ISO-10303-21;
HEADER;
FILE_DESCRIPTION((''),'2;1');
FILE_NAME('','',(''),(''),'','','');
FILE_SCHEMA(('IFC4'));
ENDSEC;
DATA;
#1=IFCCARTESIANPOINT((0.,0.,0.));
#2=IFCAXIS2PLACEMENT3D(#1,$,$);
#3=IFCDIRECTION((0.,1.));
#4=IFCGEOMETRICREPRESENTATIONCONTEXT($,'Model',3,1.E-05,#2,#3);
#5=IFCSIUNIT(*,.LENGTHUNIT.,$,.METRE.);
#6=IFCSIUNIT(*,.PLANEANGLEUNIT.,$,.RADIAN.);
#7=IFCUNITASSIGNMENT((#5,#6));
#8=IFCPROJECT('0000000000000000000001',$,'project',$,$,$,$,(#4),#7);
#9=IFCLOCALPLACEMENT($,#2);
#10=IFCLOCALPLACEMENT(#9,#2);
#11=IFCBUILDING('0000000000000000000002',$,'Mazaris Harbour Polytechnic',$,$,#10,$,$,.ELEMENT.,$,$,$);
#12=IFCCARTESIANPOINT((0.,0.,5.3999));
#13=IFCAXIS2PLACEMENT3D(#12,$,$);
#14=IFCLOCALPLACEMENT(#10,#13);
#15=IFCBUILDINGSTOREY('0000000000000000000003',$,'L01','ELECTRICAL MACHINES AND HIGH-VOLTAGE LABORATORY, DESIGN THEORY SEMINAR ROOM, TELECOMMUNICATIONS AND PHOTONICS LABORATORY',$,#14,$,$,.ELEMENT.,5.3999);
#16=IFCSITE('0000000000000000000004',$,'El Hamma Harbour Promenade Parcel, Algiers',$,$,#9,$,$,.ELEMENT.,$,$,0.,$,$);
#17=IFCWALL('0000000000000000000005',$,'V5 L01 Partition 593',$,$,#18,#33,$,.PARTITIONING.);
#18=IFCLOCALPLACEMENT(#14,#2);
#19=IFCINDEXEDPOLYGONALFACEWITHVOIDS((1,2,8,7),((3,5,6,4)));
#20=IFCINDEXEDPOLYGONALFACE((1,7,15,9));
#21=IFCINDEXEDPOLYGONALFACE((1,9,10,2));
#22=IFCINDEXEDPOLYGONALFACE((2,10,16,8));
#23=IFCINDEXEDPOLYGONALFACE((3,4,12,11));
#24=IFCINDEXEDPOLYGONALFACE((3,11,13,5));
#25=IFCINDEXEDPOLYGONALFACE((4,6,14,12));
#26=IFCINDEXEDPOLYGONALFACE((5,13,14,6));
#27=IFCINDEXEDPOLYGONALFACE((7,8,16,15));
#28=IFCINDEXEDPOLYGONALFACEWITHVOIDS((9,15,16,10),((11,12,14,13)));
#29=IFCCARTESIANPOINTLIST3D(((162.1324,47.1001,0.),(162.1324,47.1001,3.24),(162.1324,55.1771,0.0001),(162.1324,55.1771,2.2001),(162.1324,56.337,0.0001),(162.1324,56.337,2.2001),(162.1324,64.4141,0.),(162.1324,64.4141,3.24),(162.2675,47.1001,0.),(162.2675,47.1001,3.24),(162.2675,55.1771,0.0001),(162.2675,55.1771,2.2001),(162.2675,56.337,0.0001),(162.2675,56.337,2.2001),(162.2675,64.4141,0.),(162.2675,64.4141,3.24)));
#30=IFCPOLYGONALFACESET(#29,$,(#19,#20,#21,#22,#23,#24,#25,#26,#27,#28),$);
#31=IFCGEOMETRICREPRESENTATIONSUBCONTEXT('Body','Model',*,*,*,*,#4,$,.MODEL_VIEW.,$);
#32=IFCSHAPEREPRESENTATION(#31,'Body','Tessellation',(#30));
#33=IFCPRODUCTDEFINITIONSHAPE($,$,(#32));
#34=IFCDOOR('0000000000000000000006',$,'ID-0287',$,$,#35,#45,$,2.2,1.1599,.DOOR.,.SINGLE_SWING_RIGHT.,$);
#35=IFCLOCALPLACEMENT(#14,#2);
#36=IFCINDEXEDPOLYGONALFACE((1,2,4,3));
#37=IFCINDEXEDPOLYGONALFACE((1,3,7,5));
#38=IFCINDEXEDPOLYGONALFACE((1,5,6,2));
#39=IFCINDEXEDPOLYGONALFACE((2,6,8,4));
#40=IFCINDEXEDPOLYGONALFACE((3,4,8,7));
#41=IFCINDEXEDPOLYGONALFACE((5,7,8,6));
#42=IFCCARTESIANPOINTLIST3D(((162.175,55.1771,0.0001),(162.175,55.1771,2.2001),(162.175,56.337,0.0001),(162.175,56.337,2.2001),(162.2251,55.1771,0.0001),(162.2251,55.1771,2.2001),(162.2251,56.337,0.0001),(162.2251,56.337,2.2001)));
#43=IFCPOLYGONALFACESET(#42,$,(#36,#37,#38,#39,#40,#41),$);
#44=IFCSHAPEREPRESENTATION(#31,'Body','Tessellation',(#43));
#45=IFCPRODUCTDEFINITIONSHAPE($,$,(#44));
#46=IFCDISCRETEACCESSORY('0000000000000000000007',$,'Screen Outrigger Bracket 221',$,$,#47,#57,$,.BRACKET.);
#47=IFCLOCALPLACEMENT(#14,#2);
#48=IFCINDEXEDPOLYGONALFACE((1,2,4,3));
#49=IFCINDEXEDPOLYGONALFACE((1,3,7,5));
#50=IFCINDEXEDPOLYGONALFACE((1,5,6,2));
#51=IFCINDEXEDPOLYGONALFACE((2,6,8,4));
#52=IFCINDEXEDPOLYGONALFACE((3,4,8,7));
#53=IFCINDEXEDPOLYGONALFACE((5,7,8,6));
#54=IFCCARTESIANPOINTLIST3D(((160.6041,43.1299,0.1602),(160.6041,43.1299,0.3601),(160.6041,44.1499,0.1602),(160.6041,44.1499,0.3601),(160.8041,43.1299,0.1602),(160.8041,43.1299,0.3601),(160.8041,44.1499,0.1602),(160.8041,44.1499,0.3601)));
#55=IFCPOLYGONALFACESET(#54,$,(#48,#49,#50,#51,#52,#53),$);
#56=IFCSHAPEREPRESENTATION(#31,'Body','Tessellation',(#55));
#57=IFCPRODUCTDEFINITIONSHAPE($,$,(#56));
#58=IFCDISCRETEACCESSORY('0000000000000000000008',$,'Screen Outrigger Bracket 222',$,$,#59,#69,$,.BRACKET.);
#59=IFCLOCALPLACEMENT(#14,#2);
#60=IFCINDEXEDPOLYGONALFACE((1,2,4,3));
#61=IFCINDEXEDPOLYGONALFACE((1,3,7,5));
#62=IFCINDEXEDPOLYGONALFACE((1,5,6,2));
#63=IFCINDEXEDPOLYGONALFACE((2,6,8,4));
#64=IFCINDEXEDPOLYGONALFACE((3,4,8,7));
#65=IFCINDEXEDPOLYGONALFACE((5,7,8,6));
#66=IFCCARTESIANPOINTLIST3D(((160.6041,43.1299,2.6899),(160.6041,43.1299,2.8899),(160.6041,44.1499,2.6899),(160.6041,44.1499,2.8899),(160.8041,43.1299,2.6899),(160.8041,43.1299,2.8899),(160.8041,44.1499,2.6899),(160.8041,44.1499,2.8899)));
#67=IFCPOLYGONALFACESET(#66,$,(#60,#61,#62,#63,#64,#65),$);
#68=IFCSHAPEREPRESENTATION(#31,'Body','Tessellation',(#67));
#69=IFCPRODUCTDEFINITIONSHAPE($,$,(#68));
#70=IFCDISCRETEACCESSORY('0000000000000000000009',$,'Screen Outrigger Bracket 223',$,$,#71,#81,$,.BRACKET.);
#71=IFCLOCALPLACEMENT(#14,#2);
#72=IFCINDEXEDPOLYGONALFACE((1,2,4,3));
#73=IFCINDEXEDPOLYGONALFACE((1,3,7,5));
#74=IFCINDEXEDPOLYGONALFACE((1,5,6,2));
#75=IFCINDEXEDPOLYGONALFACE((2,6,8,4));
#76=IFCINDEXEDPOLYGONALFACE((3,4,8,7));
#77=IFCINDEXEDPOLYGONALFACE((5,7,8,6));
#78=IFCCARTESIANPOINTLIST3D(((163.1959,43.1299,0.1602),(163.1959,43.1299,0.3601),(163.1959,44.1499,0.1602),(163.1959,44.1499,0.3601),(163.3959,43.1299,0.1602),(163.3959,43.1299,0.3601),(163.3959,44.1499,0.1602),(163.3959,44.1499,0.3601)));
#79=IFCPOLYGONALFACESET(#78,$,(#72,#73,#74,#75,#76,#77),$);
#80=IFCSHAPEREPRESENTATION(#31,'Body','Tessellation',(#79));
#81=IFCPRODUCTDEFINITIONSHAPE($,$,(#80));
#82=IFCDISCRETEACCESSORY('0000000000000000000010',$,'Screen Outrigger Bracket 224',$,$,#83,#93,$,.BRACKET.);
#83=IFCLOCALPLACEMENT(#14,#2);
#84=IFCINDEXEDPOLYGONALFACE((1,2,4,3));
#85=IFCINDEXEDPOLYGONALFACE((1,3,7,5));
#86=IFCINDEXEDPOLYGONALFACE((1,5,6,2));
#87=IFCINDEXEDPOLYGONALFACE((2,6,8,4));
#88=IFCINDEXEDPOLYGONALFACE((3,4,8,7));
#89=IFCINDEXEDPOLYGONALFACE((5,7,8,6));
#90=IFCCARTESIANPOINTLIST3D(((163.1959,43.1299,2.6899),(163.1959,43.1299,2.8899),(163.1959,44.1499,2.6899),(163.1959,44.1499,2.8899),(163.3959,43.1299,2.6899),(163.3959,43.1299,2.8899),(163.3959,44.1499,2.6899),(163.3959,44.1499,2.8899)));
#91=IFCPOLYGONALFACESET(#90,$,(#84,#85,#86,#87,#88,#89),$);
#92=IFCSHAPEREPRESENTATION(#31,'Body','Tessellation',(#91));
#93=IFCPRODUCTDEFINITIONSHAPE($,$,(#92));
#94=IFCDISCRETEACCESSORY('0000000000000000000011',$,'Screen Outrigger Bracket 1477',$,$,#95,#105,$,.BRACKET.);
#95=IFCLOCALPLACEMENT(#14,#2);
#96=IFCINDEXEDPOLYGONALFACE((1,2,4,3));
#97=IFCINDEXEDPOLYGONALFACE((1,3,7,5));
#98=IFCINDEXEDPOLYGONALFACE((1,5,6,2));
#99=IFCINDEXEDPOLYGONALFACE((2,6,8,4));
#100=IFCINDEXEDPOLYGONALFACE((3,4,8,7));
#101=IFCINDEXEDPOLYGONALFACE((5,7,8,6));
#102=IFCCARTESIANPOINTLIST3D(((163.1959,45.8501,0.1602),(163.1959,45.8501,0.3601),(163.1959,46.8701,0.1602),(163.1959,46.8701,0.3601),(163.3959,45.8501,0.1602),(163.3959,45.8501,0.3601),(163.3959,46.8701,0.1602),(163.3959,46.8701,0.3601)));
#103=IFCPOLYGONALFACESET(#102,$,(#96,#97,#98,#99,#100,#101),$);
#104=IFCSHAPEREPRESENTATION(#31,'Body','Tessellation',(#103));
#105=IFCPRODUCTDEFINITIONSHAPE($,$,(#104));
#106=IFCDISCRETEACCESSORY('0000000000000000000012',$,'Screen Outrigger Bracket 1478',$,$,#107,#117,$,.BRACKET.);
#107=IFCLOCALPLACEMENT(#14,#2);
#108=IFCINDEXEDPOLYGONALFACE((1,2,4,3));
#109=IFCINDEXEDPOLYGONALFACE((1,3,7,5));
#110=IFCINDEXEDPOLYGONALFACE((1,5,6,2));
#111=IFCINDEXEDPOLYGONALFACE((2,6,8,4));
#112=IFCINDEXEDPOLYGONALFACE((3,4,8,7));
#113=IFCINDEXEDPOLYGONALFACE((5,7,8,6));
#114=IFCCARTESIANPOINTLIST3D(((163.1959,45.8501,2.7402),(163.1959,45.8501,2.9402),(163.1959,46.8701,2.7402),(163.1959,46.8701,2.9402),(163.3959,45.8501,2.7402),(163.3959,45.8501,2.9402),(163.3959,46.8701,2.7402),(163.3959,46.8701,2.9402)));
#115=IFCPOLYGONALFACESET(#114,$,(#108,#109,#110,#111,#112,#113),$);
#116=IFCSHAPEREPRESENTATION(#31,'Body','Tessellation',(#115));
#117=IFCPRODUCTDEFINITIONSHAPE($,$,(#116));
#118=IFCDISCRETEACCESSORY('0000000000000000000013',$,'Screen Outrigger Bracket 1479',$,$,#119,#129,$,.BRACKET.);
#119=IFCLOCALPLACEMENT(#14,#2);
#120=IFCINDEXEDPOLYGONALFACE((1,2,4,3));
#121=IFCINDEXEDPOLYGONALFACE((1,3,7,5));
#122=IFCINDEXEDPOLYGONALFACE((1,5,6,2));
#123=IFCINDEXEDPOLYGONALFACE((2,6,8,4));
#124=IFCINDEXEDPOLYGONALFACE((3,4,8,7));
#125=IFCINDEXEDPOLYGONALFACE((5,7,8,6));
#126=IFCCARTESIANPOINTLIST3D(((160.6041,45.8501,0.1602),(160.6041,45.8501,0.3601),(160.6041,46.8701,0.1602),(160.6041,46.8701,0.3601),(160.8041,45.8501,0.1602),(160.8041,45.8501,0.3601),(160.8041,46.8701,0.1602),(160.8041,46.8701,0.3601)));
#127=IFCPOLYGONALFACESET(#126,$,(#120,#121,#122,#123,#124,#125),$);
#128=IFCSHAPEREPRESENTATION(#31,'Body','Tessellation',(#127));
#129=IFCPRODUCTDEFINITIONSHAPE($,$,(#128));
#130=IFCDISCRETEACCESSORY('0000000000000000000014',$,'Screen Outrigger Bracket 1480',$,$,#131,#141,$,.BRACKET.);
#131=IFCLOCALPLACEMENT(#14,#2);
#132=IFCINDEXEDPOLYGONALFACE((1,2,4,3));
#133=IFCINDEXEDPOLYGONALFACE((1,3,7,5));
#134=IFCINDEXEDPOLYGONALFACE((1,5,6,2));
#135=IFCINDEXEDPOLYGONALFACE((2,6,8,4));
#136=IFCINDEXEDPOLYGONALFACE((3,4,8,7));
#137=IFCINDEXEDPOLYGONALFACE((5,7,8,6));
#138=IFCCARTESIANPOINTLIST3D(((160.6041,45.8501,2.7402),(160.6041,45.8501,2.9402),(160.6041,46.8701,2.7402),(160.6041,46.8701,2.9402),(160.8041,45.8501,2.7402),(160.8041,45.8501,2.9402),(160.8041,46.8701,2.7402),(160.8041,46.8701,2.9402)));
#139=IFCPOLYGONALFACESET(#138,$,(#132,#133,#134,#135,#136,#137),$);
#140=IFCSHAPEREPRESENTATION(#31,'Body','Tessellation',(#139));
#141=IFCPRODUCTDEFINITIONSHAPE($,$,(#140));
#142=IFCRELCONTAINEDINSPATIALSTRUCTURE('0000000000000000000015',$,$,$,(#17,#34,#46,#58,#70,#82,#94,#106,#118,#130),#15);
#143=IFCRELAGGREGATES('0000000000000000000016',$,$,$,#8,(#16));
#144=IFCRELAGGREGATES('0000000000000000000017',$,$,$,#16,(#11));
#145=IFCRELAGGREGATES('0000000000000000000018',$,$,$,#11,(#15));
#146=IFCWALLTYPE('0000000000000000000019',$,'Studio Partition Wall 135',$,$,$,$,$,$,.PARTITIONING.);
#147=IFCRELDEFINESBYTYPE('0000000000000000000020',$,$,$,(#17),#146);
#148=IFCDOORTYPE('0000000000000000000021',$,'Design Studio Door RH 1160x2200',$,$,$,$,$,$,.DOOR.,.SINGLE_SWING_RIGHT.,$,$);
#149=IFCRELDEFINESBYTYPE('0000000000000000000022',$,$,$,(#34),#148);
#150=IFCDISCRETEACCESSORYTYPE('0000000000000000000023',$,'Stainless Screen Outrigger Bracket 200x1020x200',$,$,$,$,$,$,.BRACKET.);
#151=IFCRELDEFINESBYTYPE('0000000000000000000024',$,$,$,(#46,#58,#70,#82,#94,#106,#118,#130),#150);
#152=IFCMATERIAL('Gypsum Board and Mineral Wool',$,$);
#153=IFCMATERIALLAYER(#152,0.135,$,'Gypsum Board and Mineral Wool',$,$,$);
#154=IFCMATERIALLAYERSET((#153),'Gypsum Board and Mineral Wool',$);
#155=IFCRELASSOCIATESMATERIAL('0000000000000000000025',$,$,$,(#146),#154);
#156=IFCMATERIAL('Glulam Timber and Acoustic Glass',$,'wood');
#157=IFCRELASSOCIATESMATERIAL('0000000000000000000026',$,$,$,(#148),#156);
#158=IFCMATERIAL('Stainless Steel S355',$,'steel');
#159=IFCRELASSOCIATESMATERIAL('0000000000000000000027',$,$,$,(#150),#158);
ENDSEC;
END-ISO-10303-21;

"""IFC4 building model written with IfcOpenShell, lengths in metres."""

from ifc_helpers import new_model, si_unit, direction, frame, frame_2d, origin, origin_2d, place, context, subcontext, project, spatial, rectangle, extrude, material, layer, layer_set, type_object, element, fill, save


model = new_model("IFC4")

# Units and contexts
model_context = context("Model", 3, precision=1e-05, world=origin(), true_north=direction((0.0, 1.0)))
body_context = subcontext(model_context, "Body", "Model", "MODEL_VIEW")
ifc_project = project(units=[si_unit("LENGTHUNIT", "METRE"), si_unit("PLANEANGLEUNIT", "RADIAN")], contexts=[model_context])

# Site, building, storey
site_placement = place(None, origin())
site = spatial("IfcSite", under=ifc_project, at=site_placement, Name="El Hamma Harbour Promenade Parcel, Algiers", CompositionType="ELEMENT", RefElevation=0.0)
building_placement = place(site_placement, origin())
building = spatial("IfcBuilding", under=site, at=building_placement, Name="Mazaris Harbour Polytechnic", CompositionType="ELEMENT")
storey_placement = place(building_placement, frame((0.0, 0.0, 5.3999)))
storey = spatial("IfcBuildingStorey", under=building, at=storey_placement, Name="L01", Description="ELECTRICAL MACHINES AND HIGH-VOLTAGE LABORATORY, DESIGN THEORY SEMINAR ROOM, TELECOMMUNICATIONS AND PHOTONICS LABORATORY", CompositionType="ELEMENT", Elevation=5.3999)

# Wall, opening, door
ifc_material_1 = material(Name="Gypsum Board and Mineral Wool")
ifc_layer = layer(ifc_material_1, 0.135, Name="Gypsum Board and Mineral Wool")
ifc_layer_set = layer_set([ifc_layer], Name="Gypsum Board and Mineral Wool")
wall_type = type_object("IfcWallType", Name="Studio Partition Wall 135", PredefinedType="PARTITIONING", material=ifc_layer_set)
wall_placement = place(storey_placement, frame((162.2, 47.1001, 0.0), z_axis=(0.0, 0.0, 1.0), x_axis=(0.0, 1.0, 0.0)))
wall = element("IfcWall", 1, at=wall_placement, inside=storey, type_object=wall_type, Name="V5 L01 Partition 593", PredefinedType="PARTITIONING", context=body_context, shape_type="SweptSolid", body=[
    extrude(rectangle(XDim=17.314, YDim=0.135, at=frame_2d((8.657, 0.0))), origin(), (0.0, 0.0, 1.0), 3.24),
])
opening_placement = place(wall_placement, frame((8.0769, 0.0, 0.0)))
opening = element("IfcOpeningElement", 2, at=opening_placement, cuts=wall, PredefinedType="OPENING", context=body_context, shape_type="SweptSolid", body=[
    extrude(rectangle(XDim=1.1599, YDim=2.2, at=frame_2d((0.5801, 1.1001))), frame((0.0, 0.0774, 0.0), z_axis=(0.0, -1.0, 0.0), x_axis=(1.0, 0.0, 0.0)), (0.0, 0.0, 1.0), 0.155),
])
ifc_material_2 = material(Name="Glulam Timber and Acoustic Glass", Category="wood")
door_type = type_object("IfcDoorType", Name="Design Studio Door RH 1160x2200", OperationType="SINGLE_SWING_RIGHT", PredefinedType="DOOR", material=ifc_material_2)
door_placement = place(opening_placement, origin())
door = element("IfcDoor", 3, at=door_placement, inside=storey, type_object=door_type, Name="ID-0287", OperationType="SINGLE_SWING_RIGHT", OverallHeight=2.2, OverallWidth=1.1599, PredefinedType="DOOR", context=body_context, shape_type="SweptSolid", body=[
    extrude(rectangle(XDim=1.1599, YDim=2.2, at=frame_2d((0.5801, 1.1001))), frame((0.0, 0.0249, 0.0), z_axis=(0.0, -1.0, 0.0), x_axis=(1.0, 0.0, 0.0)), (0.0, 0.0, 1.0), 0.05),
])
fill(opening, door)

# Discrete accessories
ifc_material_3 = material(Name="Stainless Steel S355", Category="steel")
discrete_accessory_type = type_object("IfcDiscreteAccessoryType", Name="Stainless Screen Outrigger Bracket 200x1020x200", PredefinedType="BRACKET", material=ifc_material_3)
for number, where, z_axis, x_axis, name in (
    (4, (160.7041, 43.6399, 0.1602), (0.0, 0.0, 1.0), (1.0, 0.0, 0.0), "Screen Outrigger Bracket 221"),
    (5, (160.7041, 43.6399, 2.6899), (0.0, 0.0, 1.0), (1.0, 0.0, 0.0), "Screen Outrigger Bracket 222"),
    (6, (163.2959, 43.6399, 0.1602), (0.0, 0.0, 1.0), (1.0, 0.0, 0.0), "Screen Outrigger Bracket 223"),
    (7, (163.2959, 43.6399, 2.6899), (0.0, 0.0, 1.0), (1.0, 0.0, 0.0), "Screen Outrigger Bracket 224"),
    (8, (163.2959, 46.3601, 0.1602), (0.0, 0.0, 1.0), (-1.0, 0.0, 0.0), "Screen Outrigger Bracket 1477"),
    (9, (163.2959, 46.3601, 2.7402), (0.0, 0.0, 1.0), (-1.0, 0.0, 0.0), "Screen Outrigger Bracket 1478"),
    (10, (160.7041, 46.3601, 0.1602), (0.0, 0.0, 1.0), (-1.0, 0.0, 0.0), "Screen Outrigger Bracket 1479"),
    (11, (160.7041, 46.3601, 2.7402), (0.0, 0.0, 1.0), (-1.0, 0.0, 0.0), "Screen Outrigger Bracket 1480"),
):
    element("IfcDiscreteAccessory", number, at=place(storey_placement, frame(where, z_axis=z_axis, x_axis=x_axis)), inside=storey, type_object=discrete_accessory_type, Name=name, PredefinedType="BRACKET", context=body_context, shape_type="SweptSolid", body=[
        extrude(rectangle(XDim=0.2, YDim=1.02, at=origin_2d()), origin(), (0.0, 0.0, 1.0), 0.2),
    ])

save(model, "model.ifc")
